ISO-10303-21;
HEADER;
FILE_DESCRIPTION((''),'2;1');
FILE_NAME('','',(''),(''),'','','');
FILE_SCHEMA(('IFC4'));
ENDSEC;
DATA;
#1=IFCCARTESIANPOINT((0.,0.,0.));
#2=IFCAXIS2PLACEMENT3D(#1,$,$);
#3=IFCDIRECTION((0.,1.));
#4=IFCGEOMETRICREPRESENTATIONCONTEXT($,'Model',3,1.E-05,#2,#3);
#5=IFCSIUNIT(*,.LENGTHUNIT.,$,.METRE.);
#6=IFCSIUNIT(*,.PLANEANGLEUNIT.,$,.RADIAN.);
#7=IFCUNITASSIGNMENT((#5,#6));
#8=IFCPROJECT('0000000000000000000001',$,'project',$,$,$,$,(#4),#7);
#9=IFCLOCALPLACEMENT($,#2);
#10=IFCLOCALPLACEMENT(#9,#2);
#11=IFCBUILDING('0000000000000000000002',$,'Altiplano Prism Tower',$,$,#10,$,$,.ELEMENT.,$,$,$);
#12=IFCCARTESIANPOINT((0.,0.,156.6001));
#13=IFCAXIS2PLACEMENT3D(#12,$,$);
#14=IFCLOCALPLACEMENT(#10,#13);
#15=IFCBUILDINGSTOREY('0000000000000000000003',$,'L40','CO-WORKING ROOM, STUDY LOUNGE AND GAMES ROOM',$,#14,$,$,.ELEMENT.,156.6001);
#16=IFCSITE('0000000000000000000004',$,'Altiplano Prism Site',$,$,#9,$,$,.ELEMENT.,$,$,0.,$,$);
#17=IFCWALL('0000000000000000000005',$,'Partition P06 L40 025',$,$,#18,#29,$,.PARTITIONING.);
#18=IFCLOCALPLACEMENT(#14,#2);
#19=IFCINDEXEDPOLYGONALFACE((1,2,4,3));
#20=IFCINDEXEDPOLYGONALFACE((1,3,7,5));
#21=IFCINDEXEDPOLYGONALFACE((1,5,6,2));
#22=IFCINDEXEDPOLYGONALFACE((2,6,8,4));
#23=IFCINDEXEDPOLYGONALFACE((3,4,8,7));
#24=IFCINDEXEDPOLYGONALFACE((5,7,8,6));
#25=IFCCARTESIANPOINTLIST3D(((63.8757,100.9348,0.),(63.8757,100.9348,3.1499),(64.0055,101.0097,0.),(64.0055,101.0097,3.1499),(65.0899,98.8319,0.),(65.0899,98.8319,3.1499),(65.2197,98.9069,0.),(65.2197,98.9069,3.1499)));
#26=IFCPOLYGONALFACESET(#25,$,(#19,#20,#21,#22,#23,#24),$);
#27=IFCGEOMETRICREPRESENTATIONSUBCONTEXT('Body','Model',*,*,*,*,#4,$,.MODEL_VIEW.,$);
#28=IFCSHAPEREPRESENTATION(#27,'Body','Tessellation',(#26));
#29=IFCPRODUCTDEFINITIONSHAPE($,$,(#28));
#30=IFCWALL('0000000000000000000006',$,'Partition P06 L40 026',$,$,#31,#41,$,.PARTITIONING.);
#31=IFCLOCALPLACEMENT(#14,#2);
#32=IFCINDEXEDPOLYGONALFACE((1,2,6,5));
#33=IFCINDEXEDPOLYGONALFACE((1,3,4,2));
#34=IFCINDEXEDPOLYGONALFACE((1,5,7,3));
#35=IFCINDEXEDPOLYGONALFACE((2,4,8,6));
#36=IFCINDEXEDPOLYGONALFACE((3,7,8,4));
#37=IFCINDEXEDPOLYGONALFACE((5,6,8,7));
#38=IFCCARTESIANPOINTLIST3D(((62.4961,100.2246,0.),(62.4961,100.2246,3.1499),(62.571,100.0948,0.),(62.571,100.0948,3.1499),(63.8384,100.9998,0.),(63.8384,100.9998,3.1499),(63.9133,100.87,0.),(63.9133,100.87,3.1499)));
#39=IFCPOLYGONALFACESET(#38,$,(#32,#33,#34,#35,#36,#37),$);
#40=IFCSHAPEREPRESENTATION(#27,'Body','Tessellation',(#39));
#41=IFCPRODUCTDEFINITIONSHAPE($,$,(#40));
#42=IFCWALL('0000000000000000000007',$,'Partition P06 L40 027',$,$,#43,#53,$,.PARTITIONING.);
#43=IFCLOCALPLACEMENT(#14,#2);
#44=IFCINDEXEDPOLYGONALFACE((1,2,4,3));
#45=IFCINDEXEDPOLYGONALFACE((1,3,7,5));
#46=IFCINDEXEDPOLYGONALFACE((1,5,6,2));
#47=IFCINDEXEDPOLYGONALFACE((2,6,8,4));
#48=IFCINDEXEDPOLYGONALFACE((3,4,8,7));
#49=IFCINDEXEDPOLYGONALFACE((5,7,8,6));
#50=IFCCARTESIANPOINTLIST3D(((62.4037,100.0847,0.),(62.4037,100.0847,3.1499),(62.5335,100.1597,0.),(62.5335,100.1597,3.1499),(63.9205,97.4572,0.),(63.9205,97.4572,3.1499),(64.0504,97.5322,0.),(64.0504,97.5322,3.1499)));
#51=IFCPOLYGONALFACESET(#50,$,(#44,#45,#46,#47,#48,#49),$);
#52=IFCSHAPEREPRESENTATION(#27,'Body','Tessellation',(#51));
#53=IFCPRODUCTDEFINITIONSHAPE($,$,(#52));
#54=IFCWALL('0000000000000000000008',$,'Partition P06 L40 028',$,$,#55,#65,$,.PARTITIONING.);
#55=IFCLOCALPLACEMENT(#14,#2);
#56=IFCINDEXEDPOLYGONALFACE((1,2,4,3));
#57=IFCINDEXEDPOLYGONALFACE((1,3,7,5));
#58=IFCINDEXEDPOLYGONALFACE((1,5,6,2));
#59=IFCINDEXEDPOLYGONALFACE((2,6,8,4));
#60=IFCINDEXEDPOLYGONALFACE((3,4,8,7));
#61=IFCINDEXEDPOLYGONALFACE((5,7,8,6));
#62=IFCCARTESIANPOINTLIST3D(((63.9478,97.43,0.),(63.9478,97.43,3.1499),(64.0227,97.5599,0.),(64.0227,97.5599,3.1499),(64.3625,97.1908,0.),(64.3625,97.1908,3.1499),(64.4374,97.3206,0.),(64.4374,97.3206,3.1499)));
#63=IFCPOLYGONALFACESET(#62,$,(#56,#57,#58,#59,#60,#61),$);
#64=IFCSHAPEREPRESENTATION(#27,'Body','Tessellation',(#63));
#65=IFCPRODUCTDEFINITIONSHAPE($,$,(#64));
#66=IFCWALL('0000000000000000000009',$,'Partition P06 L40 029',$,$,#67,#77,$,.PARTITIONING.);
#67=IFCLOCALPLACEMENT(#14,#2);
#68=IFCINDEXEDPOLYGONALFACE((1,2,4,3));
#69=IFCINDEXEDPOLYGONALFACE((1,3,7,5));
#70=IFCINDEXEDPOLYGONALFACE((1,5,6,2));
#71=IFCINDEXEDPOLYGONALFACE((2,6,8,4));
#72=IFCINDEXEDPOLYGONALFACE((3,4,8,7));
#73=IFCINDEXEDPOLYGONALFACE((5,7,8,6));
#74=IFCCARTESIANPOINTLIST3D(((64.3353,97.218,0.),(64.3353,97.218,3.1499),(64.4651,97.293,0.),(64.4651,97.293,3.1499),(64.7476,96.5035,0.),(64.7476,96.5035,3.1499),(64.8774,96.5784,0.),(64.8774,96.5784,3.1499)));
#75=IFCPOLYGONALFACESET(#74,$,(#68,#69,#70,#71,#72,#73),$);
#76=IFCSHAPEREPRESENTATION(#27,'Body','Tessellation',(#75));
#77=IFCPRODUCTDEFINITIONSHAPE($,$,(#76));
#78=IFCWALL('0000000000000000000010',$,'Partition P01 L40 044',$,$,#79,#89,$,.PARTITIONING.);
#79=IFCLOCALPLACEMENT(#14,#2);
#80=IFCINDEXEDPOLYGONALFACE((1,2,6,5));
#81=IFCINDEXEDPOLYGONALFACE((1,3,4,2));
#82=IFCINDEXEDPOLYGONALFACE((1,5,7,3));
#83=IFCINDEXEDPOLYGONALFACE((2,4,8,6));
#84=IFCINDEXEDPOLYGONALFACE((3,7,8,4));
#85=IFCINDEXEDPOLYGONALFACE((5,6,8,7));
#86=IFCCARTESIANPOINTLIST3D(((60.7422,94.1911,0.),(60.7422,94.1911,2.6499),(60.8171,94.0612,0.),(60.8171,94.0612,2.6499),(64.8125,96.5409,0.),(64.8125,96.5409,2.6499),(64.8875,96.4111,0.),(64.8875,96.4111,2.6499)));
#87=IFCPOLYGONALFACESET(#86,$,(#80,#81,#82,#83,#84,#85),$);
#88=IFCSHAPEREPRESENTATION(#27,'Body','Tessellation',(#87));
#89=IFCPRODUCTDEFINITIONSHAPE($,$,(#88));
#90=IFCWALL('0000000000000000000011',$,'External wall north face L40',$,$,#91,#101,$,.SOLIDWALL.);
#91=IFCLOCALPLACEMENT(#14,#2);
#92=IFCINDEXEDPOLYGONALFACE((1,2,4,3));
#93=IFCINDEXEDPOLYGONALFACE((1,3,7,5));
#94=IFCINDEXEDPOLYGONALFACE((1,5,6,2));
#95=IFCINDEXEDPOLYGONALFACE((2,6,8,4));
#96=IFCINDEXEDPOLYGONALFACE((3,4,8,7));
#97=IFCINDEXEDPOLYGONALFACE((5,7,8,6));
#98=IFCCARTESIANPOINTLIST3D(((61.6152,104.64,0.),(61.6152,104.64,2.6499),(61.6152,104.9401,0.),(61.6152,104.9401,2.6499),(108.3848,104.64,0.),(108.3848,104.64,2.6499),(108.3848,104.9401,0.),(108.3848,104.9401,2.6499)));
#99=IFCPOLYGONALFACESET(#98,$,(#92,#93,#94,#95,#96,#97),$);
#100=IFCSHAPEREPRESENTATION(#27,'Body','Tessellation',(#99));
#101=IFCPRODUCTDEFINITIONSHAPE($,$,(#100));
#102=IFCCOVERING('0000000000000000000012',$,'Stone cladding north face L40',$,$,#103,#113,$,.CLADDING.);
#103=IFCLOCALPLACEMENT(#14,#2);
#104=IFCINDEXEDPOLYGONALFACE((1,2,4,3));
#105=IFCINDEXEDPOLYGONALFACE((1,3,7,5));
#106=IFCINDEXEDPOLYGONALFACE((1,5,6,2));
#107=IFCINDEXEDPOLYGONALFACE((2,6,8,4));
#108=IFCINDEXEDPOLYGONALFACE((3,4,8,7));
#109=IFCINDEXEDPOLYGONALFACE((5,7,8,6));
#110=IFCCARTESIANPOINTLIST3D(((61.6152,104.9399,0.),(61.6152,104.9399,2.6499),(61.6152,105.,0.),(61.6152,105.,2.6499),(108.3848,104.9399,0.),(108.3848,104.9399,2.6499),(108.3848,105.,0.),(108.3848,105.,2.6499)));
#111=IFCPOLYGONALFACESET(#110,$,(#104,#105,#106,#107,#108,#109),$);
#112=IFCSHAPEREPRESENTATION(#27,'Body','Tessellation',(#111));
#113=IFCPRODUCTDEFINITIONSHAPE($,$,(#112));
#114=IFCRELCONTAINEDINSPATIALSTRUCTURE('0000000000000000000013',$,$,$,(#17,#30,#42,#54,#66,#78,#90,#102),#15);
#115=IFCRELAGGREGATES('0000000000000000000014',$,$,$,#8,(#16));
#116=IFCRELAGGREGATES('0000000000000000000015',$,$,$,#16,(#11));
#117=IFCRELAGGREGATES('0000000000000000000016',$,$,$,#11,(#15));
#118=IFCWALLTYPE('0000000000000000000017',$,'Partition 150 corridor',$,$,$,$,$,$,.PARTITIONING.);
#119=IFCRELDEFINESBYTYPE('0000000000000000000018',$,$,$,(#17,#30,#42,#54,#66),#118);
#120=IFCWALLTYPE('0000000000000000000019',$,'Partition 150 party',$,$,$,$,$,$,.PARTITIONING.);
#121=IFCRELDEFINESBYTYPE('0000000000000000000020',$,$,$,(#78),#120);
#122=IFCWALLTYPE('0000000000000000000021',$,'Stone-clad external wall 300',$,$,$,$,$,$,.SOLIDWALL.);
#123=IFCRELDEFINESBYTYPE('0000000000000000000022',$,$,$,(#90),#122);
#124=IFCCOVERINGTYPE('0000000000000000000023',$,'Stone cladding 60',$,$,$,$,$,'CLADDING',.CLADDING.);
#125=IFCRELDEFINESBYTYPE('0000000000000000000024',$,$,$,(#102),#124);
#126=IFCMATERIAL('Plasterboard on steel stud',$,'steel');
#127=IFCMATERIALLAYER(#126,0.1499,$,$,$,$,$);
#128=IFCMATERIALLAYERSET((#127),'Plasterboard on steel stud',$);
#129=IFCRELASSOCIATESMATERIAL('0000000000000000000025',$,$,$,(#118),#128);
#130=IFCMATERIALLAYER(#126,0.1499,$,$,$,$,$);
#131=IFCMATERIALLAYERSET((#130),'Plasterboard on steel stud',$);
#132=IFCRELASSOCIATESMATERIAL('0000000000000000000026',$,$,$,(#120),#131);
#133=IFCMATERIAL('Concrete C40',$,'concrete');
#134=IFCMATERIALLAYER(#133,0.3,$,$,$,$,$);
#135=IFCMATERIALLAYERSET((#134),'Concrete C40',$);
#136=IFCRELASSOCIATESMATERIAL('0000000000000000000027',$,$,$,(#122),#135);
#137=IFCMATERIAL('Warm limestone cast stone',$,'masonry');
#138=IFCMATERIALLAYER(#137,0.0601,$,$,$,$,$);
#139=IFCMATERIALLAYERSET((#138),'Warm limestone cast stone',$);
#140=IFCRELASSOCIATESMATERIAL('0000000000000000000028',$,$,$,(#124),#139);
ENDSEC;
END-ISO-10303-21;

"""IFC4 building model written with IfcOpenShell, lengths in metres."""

from ifc_helpers import new_model, si_unit, direction, frame, frame_2d, origin, place, context, subcontext, project, spatial, rectangle, extrude, material, layer, layer_set, type_object, element, save


model = new_model("IFC4")

# Units and contexts
model_context = context("Model", 3, precision=1e-05, world=origin(), true_north=direction((0.0, 1.0)))
body_context = subcontext(model_context, "Body", "Model", "MODEL_VIEW")
ifc_project = project(units=[si_unit("LENGTHUNIT", "METRE"), si_unit("PLANEANGLEUNIT", "RADIAN")], contexts=[model_context])

# Site, building, storey
site_placement = place(None, origin())
site = spatial("IfcSite", under=ifc_project, at=site_placement, Name="Altiplano Prism Site", CompositionType="ELEMENT", RefElevation=0.0)
building_placement = place(site_placement, origin())
building = spatial("IfcBuilding", under=site, at=building_placement, Name="Altiplano Prism Tower", CompositionType="ELEMENT")
storey_placement = place(building_placement, frame((0.0, 0.0, 156.6001)))
storey = spatial("IfcBuildingStorey", under=building, at=storey_placement, Name="L40", Description="CO-WORKING ROOM, STUDY LOUNGE AND GAMES ROOM", CompositionType="ELEMENT", Elevation=156.6001)

# Shared definitions
ifc_material_1 = material(Name="Plasterboard on steel stud", Category="steel")
ifc_layer_1 = layer(ifc_material_1, 0.1499)
ifc_layer_set_1 = layer_set([ifc_layer_1], Name="Plasterboard on steel stud")
wall_type_1 = type_object("IfcWallType", Name="Partition 150 corridor", PredefinedType="PARTITIONING", material=ifc_layer_set_1)

# Walls
wall_1_placement = place(storey_placement, frame((65.1548, 98.8694, 0.0), z_axis=(0.0, 0.0, 1.0), x_axis=(-0.500021, 0.866013, 0.0)))
element("IfcWall", 1, at=wall_1_placement, inside=storey, type_object=wall_type_1, Name="Partition P06 L40 025", PredefinedType="PARTITIONING", context=body_context, shape_type="SweptSolid", body=[
    extrude(rectangle(XDim=2.4282, YDim=0.1499, at=frame_2d((1.2141, 0.0))), origin(), (0.0, 0.0, 1.0), 3.1499),
])
wall_2_placement = place(storey_placement, frame((63.8757, 100.9348, 0.0), z_axis=(0.0, 0.0, 1.0), x_axis=(-0.865976, -0.500086, 0.0)))
element("IfcWall", 2, at=wall_2_placement, inside=storey, type_object=wall_type_1, Name="Partition P06 L40 026", PredefinedType="PARTITIONING", context=body_context, shape_type="SweptSolid", body=[
    extrude(rectangle(XDim=1.55, YDim=0.1499, at=frame_2d((0.7749, 0.0))), origin(), (0.0, 0.0, 1.0), 3.1499),
])
wall_3_placement = place(storey_placement, frame((62.4685, 100.1223, 0.0), z_axis=(0.0, 0.0, 1.0), x_axis=(0.499973, -0.866041, 0.0)))
element("IfcWall", 3, at=wall_3_placement, inside=storey, type_object=wall_type_1, Name="Partition P06 L40 027", PredefinedType="PARTITIONING", context=body_context, shape_type="SweptSolid", body=[
    extrude(rectangle(XDim=3.0339, YDim=0.1499, at=frame_2d((1.5171, 0.0))), origin(), (0.0, 0.0, 1.0), 3.1499),
])
wall_4_placement = place(storey_placement, frame((63.9854, 97.4949, 0.0), z_axis=(0.0, 0.0, 1.0), x_axis=(0.866228, -0.499649, 0.0)))
element("IfcWall", 4, at=wall_4_placement, inside=storey, type_object=wall_type_1, Name="Partition P06 L40 028", PredefinedType="PARTITIONING", context=body_context, shape_type="SweptSolid", body=[
    extrude(rectangle(XDim=0.4788, YDim=0.1499, at=frame_2d((0.2393, 0.0))), origin(), (0.0, 0.0, 1.0), 3.1499),
])
wall_5_placement = place(storey_placement, frame((64.4001, 97.2556, 0.0), z_axis=(0.0, 0.0, 1.0), x_axis=(0.499799, -0.866141, 0.0)))
element("IfcWall", 5, at=wall_5_placement, inside=storey, type_object=wall_type_1, Name="Partition P06 L40 029", PredefinedType="PARTITIONING", context=body_context, shape_type="SweptSolid", body=[
    extrude(rectangle(XDim=0.825, YDim=0.1499, at=frame_2d((0.4126, 0.0))), origin(), (0.0, 0.0, 1.0), 3.1499),
])
ifc_layer_2 = layer(ifc_material_1, 0.1499)
ifc_layer_set_2 = layer_set([ifc_layer_2], Name="Plasterboard on steel stud")
wall_type_2 = type_object("IfcWallType", Name="Partition 150 party", PredefinedType="PARTITIONING", material=ifc_layer_set_2)
wall_6_placement = place(storey_placement, frame((64.8501, 96.4761, 0.0), z_axis=(0.0, 0.0, 1.0), x_axis=(-0.866039, -0.499977, 0.0)))
element("IfcWall", 6, at=wall_6_placement, inside=storey, type_object=wall_type_2, Name="Partition P01 L40 044", PredefinedType="PARTITIONING", context=body_context, shape_type="SweptSolid", body=[
    extrude(rectangle(XDim=4.7, YDim=0.1499, at=frame_2d((2.3501, 0.0))), origin(), (0.0, 0.0, 1.0), 2.6499),
])
ifc_material_2 = material(Name="Concrete C40", Category="concrete")
ifc_layer_3 = layer(ifc_material_2, 0.3)
ifc_layer_set_3 = layer_set([ifc_layer_3], Name="Concrete C40")
wall_type_3 = type_object("IfcWallType", Name="Stone-clad external wall 300", PredefinedType="SOLIDWALL", material=ifc_layer_set_3)
wall_7_placement = place(storey_placement, frame((61.6152, 104.79, 0.0), z_axis=(0.0, 0.0, 1.0), x_axis=(1.0, 0.0, 0.0)))
element("IfcWall", 7, at=wall_7_placement, inside=storey, type_object=wall_type_3, Name="External wall north face L40", PredefinedType="SOLIDWALL", context=body_context, shape_type="SweptSolid", body=[
    extrude(rectangle(XDim=46.7695, YDim=0.3, at=frame_2d((23.3848, 0.0))), origin(), (0.0, 0.0, 1.0), 2.6499),
])

# Covering
ifc_material_3 = material(Name="Warm limestone cast stone", Category="masonry")
ifc_layer_4 = layer(ifc_material_3, 0.0601)
ifc_layer_set_4 = layer_set([ifc_layer_4], Name="Warm limestone cast stone")
covering_type = type_object("IfcCoveringType", Name="Stone cladding 60", ElementType="CLADDING", PredefinedType="CLADDING", material=ifc_layer_set_4)
covering_placement = place(storey_placement, frame((61.6152, 104.97, 0.0), z_axis=(0.0, 0.0, 1.0), x_axis=(1.0, 0.0, 0.0)))
element("IfcCovering", 8, at=covering_placement, inside=storey, type_object=covering_type, Name="Stone cladding north face L40", PredefinedType="CLADDING", context=body_context, shape_type="SweptSolid", body=[
    extrude(rectangle(XDim=46.7695, YDim=0.0601, at=frame_2d((23.3848, 0.0))), origin(), (0.0, 0.0, 1.0), 2.6499),
])

save(model, "model.ifc")
